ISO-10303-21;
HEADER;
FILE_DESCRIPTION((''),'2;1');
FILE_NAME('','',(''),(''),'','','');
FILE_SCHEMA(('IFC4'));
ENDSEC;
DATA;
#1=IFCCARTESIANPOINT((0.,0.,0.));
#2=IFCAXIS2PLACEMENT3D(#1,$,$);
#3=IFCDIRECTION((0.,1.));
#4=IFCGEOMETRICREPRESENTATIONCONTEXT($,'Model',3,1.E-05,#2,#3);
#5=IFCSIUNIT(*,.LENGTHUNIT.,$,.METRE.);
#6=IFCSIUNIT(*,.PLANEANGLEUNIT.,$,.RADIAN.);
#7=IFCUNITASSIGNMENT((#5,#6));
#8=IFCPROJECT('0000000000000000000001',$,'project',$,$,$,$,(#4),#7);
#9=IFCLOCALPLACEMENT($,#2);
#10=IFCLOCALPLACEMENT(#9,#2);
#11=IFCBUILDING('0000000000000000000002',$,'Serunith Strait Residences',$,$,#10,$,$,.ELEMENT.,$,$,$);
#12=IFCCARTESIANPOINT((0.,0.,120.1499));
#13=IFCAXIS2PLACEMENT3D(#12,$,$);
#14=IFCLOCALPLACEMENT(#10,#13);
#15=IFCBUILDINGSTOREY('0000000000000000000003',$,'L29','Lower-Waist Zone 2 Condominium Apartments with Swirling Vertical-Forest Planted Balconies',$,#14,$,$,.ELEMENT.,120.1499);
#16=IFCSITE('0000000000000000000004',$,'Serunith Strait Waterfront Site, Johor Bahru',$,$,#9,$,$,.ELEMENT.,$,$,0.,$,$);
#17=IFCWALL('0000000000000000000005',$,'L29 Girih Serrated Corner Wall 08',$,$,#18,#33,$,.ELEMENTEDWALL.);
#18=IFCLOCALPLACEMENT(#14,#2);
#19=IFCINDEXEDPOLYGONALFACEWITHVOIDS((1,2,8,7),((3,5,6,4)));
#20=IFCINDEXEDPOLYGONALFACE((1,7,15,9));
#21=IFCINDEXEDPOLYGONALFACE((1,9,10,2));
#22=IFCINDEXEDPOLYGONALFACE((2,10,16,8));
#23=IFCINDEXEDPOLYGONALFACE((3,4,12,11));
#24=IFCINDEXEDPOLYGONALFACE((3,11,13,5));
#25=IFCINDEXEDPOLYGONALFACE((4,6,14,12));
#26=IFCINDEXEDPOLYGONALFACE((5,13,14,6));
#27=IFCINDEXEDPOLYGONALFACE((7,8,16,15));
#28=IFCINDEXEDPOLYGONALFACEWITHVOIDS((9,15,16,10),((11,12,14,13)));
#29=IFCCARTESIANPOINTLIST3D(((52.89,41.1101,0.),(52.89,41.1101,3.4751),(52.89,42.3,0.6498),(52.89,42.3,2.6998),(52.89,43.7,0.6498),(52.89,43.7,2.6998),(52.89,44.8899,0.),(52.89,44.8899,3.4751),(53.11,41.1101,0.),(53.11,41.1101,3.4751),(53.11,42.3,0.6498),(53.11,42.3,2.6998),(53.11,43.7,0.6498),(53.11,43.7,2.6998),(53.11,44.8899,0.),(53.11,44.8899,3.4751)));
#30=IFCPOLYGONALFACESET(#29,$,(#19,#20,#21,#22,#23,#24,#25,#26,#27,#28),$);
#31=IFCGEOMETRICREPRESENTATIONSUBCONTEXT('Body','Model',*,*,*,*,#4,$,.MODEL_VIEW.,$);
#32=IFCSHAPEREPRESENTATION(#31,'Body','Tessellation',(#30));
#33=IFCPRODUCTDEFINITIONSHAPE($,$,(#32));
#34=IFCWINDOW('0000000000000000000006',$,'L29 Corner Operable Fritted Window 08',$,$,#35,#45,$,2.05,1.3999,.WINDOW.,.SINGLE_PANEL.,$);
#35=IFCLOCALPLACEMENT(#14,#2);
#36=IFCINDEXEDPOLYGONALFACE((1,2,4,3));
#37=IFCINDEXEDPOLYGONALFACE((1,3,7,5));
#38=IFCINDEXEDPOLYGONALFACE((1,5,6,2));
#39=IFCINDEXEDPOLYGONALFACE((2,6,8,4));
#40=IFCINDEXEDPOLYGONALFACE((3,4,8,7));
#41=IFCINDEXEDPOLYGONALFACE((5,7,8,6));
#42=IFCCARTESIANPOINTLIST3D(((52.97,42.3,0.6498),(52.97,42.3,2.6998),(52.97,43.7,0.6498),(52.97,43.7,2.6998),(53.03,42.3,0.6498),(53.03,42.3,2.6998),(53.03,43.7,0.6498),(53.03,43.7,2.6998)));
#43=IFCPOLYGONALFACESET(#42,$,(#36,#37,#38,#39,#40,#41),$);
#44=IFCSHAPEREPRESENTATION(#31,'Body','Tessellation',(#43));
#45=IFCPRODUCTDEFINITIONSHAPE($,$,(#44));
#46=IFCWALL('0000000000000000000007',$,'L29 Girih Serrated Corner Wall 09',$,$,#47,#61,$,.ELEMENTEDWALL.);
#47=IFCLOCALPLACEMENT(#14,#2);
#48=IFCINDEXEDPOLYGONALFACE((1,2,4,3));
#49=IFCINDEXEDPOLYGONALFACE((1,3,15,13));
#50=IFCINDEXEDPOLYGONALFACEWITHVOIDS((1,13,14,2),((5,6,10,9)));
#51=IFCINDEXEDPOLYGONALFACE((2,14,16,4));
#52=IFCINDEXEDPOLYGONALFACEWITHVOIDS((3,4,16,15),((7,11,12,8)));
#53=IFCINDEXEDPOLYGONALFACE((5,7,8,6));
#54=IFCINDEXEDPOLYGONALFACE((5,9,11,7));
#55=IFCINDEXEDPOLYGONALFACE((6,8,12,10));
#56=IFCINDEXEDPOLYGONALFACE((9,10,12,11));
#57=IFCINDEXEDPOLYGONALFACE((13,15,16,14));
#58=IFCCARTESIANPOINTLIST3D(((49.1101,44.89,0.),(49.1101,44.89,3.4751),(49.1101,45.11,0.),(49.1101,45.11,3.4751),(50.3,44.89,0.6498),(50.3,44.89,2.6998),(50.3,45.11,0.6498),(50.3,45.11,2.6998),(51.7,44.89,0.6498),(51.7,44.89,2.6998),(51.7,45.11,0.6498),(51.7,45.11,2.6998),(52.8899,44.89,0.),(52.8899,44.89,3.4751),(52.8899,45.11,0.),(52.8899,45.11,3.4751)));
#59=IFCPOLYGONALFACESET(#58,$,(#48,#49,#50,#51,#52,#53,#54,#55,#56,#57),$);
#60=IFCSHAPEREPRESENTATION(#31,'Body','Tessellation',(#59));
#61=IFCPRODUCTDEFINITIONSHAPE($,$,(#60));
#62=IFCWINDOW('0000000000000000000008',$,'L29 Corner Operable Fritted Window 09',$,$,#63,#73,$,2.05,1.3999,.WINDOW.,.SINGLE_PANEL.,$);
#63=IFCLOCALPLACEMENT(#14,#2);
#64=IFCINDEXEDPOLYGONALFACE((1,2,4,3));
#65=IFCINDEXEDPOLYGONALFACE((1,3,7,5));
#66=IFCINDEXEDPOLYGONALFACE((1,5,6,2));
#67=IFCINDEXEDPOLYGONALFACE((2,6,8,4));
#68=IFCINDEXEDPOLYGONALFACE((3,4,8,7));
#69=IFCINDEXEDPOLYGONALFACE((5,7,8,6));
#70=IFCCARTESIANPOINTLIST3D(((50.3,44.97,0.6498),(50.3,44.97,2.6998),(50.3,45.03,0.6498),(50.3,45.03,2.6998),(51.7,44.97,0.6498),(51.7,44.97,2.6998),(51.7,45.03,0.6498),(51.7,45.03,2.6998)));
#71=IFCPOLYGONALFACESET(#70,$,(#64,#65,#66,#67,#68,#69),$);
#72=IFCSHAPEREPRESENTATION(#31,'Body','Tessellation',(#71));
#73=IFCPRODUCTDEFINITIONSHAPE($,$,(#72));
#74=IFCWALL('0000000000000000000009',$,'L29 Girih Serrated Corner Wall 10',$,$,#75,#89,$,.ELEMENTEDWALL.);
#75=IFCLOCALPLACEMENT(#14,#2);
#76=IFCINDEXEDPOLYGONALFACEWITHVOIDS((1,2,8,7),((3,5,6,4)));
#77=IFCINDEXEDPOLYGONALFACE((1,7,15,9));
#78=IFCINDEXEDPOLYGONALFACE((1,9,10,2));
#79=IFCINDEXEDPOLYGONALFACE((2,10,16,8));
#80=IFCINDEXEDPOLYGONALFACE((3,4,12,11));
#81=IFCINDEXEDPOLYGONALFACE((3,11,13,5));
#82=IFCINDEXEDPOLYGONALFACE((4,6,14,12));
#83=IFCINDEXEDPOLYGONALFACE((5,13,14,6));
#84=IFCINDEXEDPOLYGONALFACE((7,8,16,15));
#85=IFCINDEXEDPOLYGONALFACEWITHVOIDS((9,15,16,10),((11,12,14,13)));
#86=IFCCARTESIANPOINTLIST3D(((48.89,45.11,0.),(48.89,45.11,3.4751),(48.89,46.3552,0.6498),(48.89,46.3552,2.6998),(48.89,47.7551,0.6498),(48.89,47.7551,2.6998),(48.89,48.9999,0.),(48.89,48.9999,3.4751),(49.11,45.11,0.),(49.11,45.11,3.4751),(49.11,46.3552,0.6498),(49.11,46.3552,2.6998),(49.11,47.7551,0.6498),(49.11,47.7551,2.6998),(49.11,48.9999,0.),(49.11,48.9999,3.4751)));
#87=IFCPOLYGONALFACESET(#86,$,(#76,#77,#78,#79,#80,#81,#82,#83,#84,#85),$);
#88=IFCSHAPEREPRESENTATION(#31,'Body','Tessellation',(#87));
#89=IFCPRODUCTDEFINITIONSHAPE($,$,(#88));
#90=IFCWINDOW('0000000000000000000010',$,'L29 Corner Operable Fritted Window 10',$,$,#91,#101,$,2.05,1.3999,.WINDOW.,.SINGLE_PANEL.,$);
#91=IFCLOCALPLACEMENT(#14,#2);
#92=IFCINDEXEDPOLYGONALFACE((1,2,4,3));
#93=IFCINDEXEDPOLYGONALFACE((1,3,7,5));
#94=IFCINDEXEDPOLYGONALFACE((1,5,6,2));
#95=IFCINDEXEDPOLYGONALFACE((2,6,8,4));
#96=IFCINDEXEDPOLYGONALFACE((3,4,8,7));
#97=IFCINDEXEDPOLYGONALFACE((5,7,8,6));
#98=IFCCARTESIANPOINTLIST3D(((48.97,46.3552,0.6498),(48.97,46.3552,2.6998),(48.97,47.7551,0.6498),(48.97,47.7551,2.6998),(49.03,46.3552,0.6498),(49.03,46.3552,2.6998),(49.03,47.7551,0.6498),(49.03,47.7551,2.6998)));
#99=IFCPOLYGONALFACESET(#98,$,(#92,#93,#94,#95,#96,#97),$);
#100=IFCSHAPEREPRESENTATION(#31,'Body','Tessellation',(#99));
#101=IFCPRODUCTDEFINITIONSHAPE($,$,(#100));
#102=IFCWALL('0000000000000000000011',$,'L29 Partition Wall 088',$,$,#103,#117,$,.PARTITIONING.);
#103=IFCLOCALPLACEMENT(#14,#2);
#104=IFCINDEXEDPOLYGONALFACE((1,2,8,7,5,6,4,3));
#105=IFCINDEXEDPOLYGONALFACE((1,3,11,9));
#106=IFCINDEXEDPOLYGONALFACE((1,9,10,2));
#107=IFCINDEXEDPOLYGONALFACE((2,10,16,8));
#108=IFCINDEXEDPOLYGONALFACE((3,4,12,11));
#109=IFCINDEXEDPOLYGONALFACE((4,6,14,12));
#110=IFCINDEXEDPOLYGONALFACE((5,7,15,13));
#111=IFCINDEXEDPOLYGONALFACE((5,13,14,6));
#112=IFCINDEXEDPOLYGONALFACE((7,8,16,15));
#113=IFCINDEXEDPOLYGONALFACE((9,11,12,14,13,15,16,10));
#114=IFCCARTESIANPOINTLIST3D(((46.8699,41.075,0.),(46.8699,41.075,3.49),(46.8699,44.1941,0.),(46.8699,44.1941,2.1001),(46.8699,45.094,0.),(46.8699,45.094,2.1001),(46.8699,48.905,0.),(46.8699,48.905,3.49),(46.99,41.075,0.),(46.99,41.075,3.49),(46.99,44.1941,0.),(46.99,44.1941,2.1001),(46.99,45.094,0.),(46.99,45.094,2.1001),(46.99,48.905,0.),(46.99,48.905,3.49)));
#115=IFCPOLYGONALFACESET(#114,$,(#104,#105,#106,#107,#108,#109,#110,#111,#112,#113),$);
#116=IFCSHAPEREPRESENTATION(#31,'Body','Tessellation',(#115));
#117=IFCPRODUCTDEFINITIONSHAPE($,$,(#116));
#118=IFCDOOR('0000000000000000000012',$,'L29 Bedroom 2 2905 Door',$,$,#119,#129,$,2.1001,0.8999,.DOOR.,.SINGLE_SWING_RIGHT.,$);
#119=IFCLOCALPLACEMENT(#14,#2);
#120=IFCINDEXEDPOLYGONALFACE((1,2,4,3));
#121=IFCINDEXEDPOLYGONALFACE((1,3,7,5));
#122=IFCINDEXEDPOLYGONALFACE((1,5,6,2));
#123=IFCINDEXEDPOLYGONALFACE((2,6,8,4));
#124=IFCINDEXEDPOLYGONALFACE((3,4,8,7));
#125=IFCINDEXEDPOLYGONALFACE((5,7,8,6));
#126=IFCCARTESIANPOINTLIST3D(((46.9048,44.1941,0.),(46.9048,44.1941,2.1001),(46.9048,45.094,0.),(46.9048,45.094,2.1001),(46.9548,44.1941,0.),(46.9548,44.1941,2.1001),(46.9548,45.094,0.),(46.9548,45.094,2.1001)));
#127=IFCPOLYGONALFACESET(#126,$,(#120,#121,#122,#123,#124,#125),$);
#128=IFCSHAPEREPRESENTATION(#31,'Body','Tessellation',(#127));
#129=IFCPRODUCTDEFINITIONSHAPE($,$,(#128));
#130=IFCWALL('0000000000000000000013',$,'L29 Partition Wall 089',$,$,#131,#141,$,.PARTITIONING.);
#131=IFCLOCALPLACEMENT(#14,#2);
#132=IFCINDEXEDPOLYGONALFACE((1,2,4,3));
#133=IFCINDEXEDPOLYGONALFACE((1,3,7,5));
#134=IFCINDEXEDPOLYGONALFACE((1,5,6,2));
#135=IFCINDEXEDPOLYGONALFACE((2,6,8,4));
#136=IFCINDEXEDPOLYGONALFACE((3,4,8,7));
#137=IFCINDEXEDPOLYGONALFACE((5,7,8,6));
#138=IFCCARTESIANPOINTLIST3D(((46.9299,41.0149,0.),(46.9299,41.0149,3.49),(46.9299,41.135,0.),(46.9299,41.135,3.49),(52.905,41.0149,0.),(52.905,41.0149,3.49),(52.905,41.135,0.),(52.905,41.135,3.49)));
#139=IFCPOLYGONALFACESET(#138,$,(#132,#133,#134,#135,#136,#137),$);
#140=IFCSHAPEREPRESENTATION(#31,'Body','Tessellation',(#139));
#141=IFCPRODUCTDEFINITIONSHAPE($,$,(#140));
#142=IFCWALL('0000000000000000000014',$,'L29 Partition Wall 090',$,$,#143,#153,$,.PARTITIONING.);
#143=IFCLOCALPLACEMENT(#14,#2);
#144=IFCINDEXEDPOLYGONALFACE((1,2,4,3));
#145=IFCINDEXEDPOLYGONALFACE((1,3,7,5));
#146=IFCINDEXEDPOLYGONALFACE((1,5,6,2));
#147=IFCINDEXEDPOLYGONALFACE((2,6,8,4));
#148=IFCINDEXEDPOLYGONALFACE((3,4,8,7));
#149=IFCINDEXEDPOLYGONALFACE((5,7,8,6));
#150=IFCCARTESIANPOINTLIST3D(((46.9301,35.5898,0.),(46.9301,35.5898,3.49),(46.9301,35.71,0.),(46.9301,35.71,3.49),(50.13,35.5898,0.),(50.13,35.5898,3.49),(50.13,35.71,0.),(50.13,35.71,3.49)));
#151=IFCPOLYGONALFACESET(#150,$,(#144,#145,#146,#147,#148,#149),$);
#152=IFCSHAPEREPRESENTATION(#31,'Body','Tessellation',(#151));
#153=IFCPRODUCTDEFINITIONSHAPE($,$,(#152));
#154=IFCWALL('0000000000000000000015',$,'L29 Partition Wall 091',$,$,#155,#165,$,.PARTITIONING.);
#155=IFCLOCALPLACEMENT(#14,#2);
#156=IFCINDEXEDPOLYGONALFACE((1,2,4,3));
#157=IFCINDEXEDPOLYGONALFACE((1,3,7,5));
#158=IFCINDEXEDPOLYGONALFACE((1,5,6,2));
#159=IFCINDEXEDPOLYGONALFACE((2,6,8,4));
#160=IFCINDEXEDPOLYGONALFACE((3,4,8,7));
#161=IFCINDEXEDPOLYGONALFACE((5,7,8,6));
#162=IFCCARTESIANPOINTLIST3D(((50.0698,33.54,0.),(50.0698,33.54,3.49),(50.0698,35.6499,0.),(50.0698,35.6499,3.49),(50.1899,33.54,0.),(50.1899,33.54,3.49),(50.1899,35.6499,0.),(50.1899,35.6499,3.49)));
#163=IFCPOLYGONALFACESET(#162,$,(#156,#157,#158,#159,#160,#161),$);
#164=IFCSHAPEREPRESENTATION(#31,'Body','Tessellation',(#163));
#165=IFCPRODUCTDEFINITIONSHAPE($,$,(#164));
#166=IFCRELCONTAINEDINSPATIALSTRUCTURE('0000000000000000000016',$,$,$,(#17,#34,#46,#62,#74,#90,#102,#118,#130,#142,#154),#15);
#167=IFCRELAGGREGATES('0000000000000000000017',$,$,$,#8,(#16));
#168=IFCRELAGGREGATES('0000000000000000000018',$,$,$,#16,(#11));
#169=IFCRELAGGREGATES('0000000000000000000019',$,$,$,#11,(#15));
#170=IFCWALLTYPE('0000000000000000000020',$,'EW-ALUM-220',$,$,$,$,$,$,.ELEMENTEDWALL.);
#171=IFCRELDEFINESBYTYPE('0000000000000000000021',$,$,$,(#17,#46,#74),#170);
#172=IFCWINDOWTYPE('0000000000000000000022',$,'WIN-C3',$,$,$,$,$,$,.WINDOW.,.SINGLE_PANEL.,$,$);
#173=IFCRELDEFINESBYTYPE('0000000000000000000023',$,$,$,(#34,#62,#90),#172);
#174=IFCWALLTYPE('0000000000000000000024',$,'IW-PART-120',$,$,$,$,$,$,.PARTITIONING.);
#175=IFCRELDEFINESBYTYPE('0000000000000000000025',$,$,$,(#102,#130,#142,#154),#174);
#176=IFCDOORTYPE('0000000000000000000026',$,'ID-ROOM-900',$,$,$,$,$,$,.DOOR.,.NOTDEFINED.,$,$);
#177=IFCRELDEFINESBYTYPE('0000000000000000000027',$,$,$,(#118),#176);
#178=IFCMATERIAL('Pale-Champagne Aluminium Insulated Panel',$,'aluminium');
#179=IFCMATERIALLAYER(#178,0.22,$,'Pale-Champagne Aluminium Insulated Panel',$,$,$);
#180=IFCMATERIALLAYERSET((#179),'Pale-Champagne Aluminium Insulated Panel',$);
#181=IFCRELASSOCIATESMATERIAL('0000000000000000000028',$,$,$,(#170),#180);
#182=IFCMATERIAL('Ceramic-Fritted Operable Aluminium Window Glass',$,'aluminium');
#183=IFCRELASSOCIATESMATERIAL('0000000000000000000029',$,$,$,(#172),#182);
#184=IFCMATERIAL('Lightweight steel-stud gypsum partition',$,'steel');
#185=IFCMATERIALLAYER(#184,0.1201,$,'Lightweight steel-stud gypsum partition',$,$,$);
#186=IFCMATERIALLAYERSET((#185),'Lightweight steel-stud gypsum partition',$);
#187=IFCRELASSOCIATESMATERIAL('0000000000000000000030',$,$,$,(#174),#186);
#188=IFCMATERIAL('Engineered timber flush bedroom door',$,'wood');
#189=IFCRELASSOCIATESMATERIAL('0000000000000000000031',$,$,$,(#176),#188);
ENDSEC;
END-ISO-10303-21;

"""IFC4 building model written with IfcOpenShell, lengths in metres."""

from ifc_helpers import new_model, si_unit, direction, frame, frame_2d, origin, place, context, subcontext, project, spatial, rectangle, extrude, source, transform, mapped, material, layer, layer_set, type_object, element, fill, save


model = new_model("IFC4")

# Units and contexts
model_context = context("Model", 3, precision=1e-05, world=origin(), true_north=direction((0.0, 1.0)))
body_context = subcontext(model_context, "Body", "Model", "MODEL_VIEW")
ifc_project = project(units=[si_unit("LENGTHUNIT", "METRE"), si_unit("PLANEANGLEUNIT", "RADIAN")], contexts=[model_context])

# Site, building, storey
site_placement = place(None, origin())
site = spatial("IfcSite", under=ifc_project, at=site_placement, Name="Serunith Strait Waterfront Site, Johor Bahru", CompositionType="ELEMENT", RefElevation=0.0)
building_placement = place(site_placement, origin())
building = spatial("IfcBuilding", under=site, at=building_placement, Name="Serunith Strait Residences", CompositionType="ELEMENT")
storey_placement = place(building_placement, frame((0.0, 0.0, 120.1499)))
storey = spatial("IfcBuildingStorey", under=building, at=storey_placement, Name="L29", Description="Lower-Waist Zone 2 Condominium Apartments with Swirling Vertical-Forest Planted Balconies", CompositionType="ELEMENT", Elevation=120.1499)

# Walls, openings, windows
ifc_material_1 = material(Name="Pale-Champagne Aluminium Insulated Panel", Category="aluminium")
ifc_layer_1 = layer(ifc_material_1, 0.22, Name="Pale-Champagne Aluminium Insulated Panel")
ifc_layer_set_1 = layer_set([ifc_layer_1], Name="Pale-Champagne Aluminium Insulated Panel")
wall_type_1 = type_object("IfcWallType", Name="EW-ALUM-220", PredefinedType="ELEMENTEDWALL", material=ifc_layer_set_1)
ifc_material_2 = material(Name="Ceramic-Fritted Operable Aluminium Window Glass", Category="aluminium")
window_type = type_object("IfcWindowType", Name="WIN-C3", PartitioningType="SINGLE_PANEL", PredefinedType="WINDOW", material=ifc_material_2)
shared_shape_1 = source(origin(), body_context, "Body", "SweptSolid", [
    extrude(rectangle(XDim=1.3999, YDim=2.05, at=frame_2d((0.7, 1.0249))), frame((0.0, 0.03, 0.0), z_axis=(0.0, -1.0, 0.0), x_axis=(1.0, 0.0, 0.0)), (0.0, 0.0, 1.0), 0.0601),
])
wall_1_placement = place(storey_placement, frame((53.0, 41.1101, 0.0), z_axis=(0.0, 0.0, 1.0), x_axis=(0.0, 1.0, 0.0)))
wall_1 = element("IfcWall", 1, at=wall_1_placement, inside=storey, type_object=wall_type_1, Name="L29 Girih Serrated Corner Wall 08", PredefinedType="ELEMENTEDWALL", context=body_context, shape_type="SweptSolid", body=[
    extrude(rectangle(XDim=3.7798, YDim=0.22, at=frame_2d((1.8899, 0.0))), origin(), (0.0, 0.0, 1.0), 3.4751),
])
opening_1_placement = place(wall_1_placement, frame((1.1899, 0.0, 0.6499)))
opening_1 = element("IfcOpeningElement", 2, at=opening_1_placement, cuts=wall_1, PredefinedType="OPENING", context=body_context, shape_type="SweptSolid", body=[
    extrude(rectangle(XDim=1.3999, YDim=2.05, at=frame_2d((0.7, 1.0249))), frame((0.0, 0.1201, 0.0), z_axis=(0.0, -1.0, 0.0), x_axis=(1.0, 0.0, 0.0)), (0.0, 0.0, 1.0), 0.24),
])
window_1_placement = place(opening_1_placement, origin())
window_1 = element("IfcWindow", 3, at=window_1_placement, inside=storey, type_object=window_type, Name="L29 Corner Operable Fritted Window 08", OverallHeight=2.05, OverallWidth=1.3999, PartitioningType="SINGLE_PANEL", PredefinedType="WINDOW", context=body_context, shape_type="MappedRepresentation", body=[
    mapped(shared_shape_1, transform((0.0, 0.0, 0.0), scale=1.0)),
])
fill(opening_1, window_1)
wall_2_placement = place(storey_placement, frame((52.8899, 45.0, 0.0), z_axis=(0.0, 0.0, 1.0), x_axis=(-1.0, 0.0, 0.0)))
wall_2 = element("IfcWall", 4, at=wall_2_placement, inside=storey, type_object=wall_type_1, Name="L29 Girih Serrated Corner Wall 09", PredefinedType="ELEMENTEDWALL", context=body_context, shape_type="SweptSolid", body=[
    extrude(rectangle(XDim=3.7798, YDim=0.22, at=frame_2d((1.8899, 0.0))), origin(), (0.0, 0.0, 1.0), 3.4751),
])
opening_2_placement = place(wall_2_placement, frame((1.1899, 0.0, 0.6499)))
opening_2 = element("IfcOpeningElement", 5, at=opening_2_placement, cuts=wall_2, PredefinedType="OPENING", context=body_context, shape_type="SweptSolid", body=[
    extrude(rectangle(XDim=1.3999, YDim=2.05, at=frame_2d((0.7, 1.0249))), frame((0.0, 0.1201, 0.0), z_axis=(0.0, -1.0, 0.0), x_axis=(1.0, 0.0, 0.0)), (0.0, 0.0, 1.0), 0.24),
])
window_2_placement = place(opening_2_placement, origin())
window_2 = element("IfcWindow", 6, at=window_2_placement, inside=storey, type_object=window_type, Name="L29 Corner Operable Fritted Window 09", OverallHeight=2.05, OverallWidth=1.3999, PartitioningType="SINGLE_PANEL", PredefinedType="WINDOW", context=body_context, shape_type="MappedRepresentation", body=[
    mapped(shared_shape_1, transform((0.0, 0.0, 0.0), scale=1.0)),
])
fill(opening_2, window_2)
wall_3_placement = place(storey_placement, frame((49.0, 45.1101, 0.0), z_axis=(0.0, 0.0, 1.0), x_axis=(0.0, 1.0, 0.0)))
wall_3 = element("IfcWall", 7, at=wall_3_placement, inside=storey, type_object=wall_type_1, Name="L29 Girih Serrated Corner Wall 10", PredefinedType="ELEMENTEDWALL", context=body_context, shape_type="SweptSolid", body=[
    extrude(rectangle(XDim=3.8899, YDim=0.22, at=frame_2d((1.9448, 0.0))), origin(), (0.0, 0.0, 1.0), 3.4751),
])
opening_3_placement = place(wall_3_placement, frame((1.2451, 0.0, 0.6499)))
opening_3 = element("IfcOpeningElement", 8, at=opening_3_placement, cuts=wall_3, PredefinedType="OPENING", context=body_context, shape_type="SweptSolid", body=[
    extrude(rectangle(XDim=1.3999, YDim=2.05, at=frame_2d((0.7, 1.0249))), frame((0.0, 0.1201, 0.0), z_axis=(0.0, -1.0, 0.0), x_axis=(1.0, 0.0, 0.0)), (0.0, 0.0, 1.0), 0.24),
])
window_3_placement = place(opening_3_placement, origin())
window_3 = element("IfcWindow", 9, at=window_3_placement, inside=storey, type_object=window_type, Name="L29 Corner Operable Fritted Window 10", OverallHeight=2.05, OverallWidth=1.3999, PartitioningType="SINGLE_PANEL", PredefinedType="WINDOW", context=body_context, shape_type="MappedRepresentation", body=[
    mapped(shared_shape_1, transform((0.0, 0.0, 0.0), scale=1.0)),
])
fill(opening_3, window_3)

# Wall, opening, door
ifc_material_3 = material(Name="Lightweight steel-stud gypsum partition", Category="steel")
ifc_layer_2 = layer(ifc_material_3, 0.1201, Name="Lightweight steel-stud gypsum partition")
ifc_layer_set_2 = layer_set([ifc_layer_2], Name="Lightweight steel-stud gypsum partition")
wall_type_2 = type_object("IfcWallType", Name="IW-PART-120", PredefinedType="PARTITIONING", material=ifc_layer_set_2)
wall_4_placement = place(storey_placement, frame((46.9299, 48.905, 0.0), z_axis=(0.0, 0.0, 1.0), x_axis=(0.0, -1.0, 0.0)))
wall_4 = element("IfcWall", 10, at=wall_4_placement, inside=storey, type_object=wall_type_2, Name="L29 Partition Wall 088", PredefinedType="PARTITIONING", context=body_context, shape_type="SweptSolid", body=[
    extrude(rectangle(XDim=7.8301, YDim=0.1201, at=frame_2d((3.915, 0.0))), origin(), (0.0, 0.0, 1.0), 3.49),
])
opening_4_placement = place(wall_4_placement, frame((3.811, 0.0, 0.0)))
opening_4 = element("IfcOpeningElement", 11, at=opening_4_placement, cuts=wall_4, PredefinedType="OPENING", context=body_context, shape_type="SweptSolid", body=[
    extrude(rectangle(XDim=0.8999, YDim=2.1001, at=frame_2d((0.45, 1.05))), frame((0.0, 0.0701, 0.0), z_axis=(0.0, -1.0, 0.0), x_axis=(1.0, 0.0, 0.0)), (0.0, 0.0, 1.0), 0.1401),
])
ifc_material_4 = material(Name="Engineered timber flush bedroom door", Category="wood")
door_type_1 = type_object("IfcDoorType", Name="ID-ROOM-900", OperationType="NOTDEFINED", PredefinedType="DOOR", material=ifc_material_4)
shared_shape_2 = source(origin(), body_context, "Body", "SweptSolid", [
    extrude(rectangle(XDim=0.8999, YDim=2.1001, at=frame_2d((0.45, 1.05))), frame((0.0, 0.0249, 0.0), z_axis=(0.0, -1.0, 0.0), x_axis=(1.0, 0.0, 0.0)), (0.0, 0.0, 1.0), 0.05),
])
door_1_placement = place(opening_4_placement, origin())
door_1 = element("IfcDoor", 12, at=door_1_placement, inside=storey, type_object=door_type_1, Name="L29 Bedroom 2 2905 Door", OperationType="SINGLE_SWING_RIGHT", OverallHeight=2.1001, OverallWidth=0.8999, PredefinedType="DOOR", context=body_context, shape_type="MappedRepresentation", body=[
    mapped(shared_shape_2, transform((0.0, 0.0, 0.0), scale=1.0)),
])
fill(opening_4, door_1)

# Walls
wall_5_placement = place(storey_placement, frame((46.9299, 41.075, 0.0), z_axis=(0.0, 0.0, 1.0), x_axis=(1.0, 0.0, 0.0)))
element("IfcWall", 13, at=wall_5_placement, inside=storey, type_object=wall_type_2, Name="L29 Partition Wall 089", PredefinedType="PARTITIONING", context=body_context, shape_type="SweptSolid", body=[
    extrude(rectangle(XDim=5.9751, YDim=0.1201, at=frame_2d((2.9875, 0.0))), origin(), (0.0, 0.0, 1.0), 3.49),
])
wall_6_placement = place(storey_placement, frame((46.9299, 35.6499, 0.0), z_axis=(0.0, 0.0, 1.0), x_axis=(1.0, 0.0, 0.0)))
element("IfcWall", 14, at=wall_6_placement, inside=storey, type_object=wall_type_2, Name="L29 Partition Wall 090", PredefinedType="PARTITIONING", context=body_context, shape_type="SweptSolid", body=[
    extrude(rectangle(XDim=3.2, YDim=0.1201, at=frame_2d((1.6001, 0.0))), origin(), (0.0, 0.0, 1.0), 3.49),
])
wall_7_placement = place(storey_placement, frame((50.1299, 35.6499, 0.0), z_axis=(0.0, 0.0, 1.0), x_axis=(0.0, -1.0, 0.0)))
element("IfcWall", 15, at=wall_7_placement, inside=storey, type_object=wall_type_2, Name="L29 Partition Wall 091", PredefinedType="PARTITIONING", context=body_context, shape_type="SweptSolid", body=[
    extrude(rectangle(XDim=2.1099, YDim=0.1201, at=frame_2d((1.0549, 0.0))), origin(), (0.0, 0.0, 1.0), 3.49),
])

save(model, "model.ifc")
